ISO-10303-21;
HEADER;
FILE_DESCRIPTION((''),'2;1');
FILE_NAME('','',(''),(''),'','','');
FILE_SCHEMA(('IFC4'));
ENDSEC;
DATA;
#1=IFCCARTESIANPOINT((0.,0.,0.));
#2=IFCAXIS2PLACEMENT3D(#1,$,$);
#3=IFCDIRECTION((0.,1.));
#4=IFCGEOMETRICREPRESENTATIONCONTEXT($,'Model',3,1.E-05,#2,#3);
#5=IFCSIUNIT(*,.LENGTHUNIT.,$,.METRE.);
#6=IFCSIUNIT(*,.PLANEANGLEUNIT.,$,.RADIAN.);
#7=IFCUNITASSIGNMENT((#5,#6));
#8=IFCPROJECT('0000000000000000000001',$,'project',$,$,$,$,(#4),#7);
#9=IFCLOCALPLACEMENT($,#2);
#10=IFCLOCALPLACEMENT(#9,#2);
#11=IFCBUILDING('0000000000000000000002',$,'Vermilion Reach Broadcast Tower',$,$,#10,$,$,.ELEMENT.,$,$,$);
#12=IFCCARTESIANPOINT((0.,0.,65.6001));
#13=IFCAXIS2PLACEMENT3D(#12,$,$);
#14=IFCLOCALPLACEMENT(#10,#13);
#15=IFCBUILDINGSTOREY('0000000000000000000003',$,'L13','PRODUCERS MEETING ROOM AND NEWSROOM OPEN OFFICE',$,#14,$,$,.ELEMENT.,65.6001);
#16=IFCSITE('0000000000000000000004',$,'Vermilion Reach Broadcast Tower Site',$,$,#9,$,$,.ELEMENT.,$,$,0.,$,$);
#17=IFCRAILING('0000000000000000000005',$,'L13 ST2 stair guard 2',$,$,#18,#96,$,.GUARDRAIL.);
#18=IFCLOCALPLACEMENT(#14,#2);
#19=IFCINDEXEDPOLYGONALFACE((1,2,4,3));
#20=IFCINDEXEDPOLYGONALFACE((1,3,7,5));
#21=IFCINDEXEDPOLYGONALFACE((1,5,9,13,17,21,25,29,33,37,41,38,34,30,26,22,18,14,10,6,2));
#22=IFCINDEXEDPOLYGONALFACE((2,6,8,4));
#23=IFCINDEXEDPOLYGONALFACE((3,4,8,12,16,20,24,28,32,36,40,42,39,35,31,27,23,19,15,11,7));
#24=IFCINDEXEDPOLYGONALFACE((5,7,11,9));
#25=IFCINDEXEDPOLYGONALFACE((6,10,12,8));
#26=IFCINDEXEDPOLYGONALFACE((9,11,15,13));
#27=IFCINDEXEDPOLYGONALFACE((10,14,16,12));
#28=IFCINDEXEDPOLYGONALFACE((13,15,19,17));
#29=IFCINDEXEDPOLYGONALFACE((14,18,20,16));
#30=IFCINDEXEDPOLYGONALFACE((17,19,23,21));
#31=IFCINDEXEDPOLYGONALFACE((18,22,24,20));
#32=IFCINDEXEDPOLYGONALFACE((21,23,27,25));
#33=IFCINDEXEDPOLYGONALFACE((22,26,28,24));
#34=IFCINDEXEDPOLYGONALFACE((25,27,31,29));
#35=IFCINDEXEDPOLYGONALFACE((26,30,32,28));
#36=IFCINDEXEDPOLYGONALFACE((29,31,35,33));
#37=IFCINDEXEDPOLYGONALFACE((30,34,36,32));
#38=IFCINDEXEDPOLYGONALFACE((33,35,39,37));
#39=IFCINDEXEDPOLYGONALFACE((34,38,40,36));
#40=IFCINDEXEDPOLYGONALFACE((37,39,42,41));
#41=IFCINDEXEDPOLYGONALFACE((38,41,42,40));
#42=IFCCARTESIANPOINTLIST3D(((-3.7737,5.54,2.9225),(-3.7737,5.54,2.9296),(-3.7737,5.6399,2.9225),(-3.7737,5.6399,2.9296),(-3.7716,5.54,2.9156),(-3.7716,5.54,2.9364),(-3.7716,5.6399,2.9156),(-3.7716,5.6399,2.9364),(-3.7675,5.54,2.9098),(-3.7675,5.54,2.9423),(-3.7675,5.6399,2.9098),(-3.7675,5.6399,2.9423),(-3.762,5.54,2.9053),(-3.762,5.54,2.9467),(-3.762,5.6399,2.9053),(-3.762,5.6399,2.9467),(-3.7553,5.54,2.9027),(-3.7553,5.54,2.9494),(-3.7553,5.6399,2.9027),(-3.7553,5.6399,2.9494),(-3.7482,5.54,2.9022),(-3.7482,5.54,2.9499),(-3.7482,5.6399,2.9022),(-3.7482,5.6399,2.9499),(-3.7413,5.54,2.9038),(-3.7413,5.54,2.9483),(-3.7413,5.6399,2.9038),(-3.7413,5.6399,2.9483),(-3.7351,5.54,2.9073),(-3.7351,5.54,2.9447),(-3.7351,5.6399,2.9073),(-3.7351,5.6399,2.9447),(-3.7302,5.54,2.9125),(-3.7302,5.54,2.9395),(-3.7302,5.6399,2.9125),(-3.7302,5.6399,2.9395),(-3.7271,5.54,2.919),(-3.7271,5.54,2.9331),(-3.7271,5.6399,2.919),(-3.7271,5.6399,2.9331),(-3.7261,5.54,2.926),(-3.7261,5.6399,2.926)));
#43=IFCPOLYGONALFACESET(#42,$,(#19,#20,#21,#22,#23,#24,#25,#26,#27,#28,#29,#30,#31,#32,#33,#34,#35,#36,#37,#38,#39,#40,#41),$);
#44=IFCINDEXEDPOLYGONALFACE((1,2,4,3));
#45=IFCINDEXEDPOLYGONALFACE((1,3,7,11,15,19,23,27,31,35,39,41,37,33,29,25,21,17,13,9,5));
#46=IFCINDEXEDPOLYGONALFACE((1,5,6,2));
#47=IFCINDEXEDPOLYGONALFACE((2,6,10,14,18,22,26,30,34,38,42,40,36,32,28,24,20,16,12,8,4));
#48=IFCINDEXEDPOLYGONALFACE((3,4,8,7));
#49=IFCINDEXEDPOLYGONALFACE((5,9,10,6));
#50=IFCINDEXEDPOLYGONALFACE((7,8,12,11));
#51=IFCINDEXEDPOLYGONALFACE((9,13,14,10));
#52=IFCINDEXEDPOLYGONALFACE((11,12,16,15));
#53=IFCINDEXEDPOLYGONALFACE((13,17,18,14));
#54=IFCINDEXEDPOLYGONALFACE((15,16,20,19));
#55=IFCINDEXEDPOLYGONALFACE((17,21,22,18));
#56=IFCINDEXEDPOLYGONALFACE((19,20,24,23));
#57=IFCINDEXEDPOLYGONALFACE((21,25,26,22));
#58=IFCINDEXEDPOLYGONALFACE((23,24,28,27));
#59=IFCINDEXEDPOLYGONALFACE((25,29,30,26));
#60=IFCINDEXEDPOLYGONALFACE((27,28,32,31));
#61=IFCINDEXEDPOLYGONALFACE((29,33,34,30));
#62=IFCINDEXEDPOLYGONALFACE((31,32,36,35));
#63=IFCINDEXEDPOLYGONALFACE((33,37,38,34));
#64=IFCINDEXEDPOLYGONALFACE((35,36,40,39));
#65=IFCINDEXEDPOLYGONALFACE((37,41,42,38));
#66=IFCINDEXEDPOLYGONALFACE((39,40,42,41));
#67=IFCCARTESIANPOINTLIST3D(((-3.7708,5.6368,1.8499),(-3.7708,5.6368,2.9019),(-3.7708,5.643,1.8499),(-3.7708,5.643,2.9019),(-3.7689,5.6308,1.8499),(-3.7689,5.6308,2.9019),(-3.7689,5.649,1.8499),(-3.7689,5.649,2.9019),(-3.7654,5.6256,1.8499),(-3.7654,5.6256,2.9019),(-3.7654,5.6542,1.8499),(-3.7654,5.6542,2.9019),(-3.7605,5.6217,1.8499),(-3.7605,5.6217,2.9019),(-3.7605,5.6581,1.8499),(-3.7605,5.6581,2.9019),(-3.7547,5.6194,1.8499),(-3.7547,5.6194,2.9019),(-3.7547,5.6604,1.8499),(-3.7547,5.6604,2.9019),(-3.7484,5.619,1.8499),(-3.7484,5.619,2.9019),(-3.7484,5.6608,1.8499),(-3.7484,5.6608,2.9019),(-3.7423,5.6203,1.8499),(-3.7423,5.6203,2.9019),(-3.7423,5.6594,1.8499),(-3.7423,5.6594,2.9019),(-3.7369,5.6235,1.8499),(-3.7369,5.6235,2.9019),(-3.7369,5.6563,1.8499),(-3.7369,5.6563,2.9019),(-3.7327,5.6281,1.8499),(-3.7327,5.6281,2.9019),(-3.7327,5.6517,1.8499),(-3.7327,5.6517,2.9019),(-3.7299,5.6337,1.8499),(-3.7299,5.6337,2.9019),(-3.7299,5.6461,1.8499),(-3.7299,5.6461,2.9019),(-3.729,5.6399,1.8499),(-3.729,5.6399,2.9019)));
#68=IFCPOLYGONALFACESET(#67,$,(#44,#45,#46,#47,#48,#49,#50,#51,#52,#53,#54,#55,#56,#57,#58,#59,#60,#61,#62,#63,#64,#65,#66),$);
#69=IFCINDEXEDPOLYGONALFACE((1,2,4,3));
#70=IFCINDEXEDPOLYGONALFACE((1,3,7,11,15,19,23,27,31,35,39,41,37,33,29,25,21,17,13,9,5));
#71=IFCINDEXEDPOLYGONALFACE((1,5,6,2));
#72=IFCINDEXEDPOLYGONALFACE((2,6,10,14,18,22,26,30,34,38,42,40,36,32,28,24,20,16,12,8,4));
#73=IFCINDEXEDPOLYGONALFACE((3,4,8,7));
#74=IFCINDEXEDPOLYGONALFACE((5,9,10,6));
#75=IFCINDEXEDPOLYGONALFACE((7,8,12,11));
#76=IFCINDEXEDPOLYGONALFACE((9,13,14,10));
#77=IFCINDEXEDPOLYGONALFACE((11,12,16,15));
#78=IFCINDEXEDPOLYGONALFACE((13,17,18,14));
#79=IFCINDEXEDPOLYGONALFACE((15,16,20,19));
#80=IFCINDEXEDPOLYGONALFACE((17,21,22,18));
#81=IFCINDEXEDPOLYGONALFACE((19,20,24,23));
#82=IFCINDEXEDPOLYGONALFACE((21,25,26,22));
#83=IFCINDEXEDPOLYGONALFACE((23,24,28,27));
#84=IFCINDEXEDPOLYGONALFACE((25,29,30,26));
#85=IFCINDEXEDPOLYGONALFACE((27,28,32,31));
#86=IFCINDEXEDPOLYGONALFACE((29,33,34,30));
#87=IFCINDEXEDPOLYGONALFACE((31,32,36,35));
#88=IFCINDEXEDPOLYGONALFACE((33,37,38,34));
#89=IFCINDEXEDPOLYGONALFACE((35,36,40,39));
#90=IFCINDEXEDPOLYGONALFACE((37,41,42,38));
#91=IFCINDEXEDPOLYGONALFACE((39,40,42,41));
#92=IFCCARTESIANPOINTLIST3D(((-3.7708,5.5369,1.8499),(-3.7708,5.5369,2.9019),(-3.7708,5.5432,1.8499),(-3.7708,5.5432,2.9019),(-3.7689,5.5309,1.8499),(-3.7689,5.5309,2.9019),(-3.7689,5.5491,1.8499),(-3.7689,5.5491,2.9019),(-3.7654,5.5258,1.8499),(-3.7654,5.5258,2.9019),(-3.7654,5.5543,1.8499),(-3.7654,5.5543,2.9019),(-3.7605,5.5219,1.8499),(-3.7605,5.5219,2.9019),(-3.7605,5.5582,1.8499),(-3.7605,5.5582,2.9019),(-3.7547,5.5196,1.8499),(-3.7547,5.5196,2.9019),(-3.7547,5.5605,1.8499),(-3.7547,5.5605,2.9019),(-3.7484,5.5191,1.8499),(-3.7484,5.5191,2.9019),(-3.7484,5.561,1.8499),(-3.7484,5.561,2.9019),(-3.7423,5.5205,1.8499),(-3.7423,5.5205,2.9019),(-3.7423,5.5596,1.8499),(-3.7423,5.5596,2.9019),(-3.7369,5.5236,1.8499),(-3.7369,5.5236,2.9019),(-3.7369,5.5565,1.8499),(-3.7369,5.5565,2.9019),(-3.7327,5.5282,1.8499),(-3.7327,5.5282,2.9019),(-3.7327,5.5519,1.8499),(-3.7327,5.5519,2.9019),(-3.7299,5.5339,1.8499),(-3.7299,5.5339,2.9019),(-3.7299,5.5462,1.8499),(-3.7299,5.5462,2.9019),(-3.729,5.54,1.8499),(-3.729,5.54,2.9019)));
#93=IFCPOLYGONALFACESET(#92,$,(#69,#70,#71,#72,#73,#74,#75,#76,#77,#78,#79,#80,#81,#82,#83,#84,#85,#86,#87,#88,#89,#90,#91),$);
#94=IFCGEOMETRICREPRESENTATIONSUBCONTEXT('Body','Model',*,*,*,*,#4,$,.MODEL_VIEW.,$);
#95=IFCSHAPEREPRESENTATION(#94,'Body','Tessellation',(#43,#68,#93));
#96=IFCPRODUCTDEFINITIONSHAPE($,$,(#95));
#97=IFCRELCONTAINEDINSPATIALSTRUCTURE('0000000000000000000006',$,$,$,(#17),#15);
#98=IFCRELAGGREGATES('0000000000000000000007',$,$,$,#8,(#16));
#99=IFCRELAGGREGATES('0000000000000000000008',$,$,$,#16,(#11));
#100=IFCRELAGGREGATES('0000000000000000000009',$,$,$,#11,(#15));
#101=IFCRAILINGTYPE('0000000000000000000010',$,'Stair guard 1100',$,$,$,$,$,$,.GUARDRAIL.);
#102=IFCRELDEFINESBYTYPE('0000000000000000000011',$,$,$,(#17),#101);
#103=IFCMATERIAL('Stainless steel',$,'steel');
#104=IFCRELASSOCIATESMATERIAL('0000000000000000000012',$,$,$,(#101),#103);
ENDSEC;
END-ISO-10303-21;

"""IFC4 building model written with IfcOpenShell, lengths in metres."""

from ifc_helpers import new_model, si_unit, direction, frame, origin, origin_2d, place, context, subcontext, project, spatial, circle, extrude, material, type_object, element, save


model = new_model("IFC4")

# Units and contexts
model_context = context("Model", 3, precision=1e-05, world=origin(), true_north=direction((0.0, 1.0)))
body_context = subcontext(model_context, "Body", "Model", "MODEL_VIEW")
ifc_project = project(units=[si_unit("LENGTHUNIT", "METRE"), si_unit("PLANEANGLEUNIT", "RADIAN")], contexts=[model_context])

# Site, building, storey
site_placement = place(None, origin())
site = spatial("IfcSite", under=ifc_project, at=site_placement, Name="Vermilion Reach Broadcast Tower Site", CompositionType="ELEMENT", RefElevation=0.0)
building_placement = place(site_placement, origin())
building = spatial("IfcBuilding", under=site, at=building_placement, Name="Vermilion Reach Broadcast Tower", CompositionType="ELEMENT")
storey_placement = place(building_placement, frame((0.0, 0.0, 65.6001)))
storey = spatial("IfcBuildingStorey", under=building, at=storey_placement, Name="L13", Description="PRODUCERS MEETING ROOM AND NEWSROOM OPEN OFFICE", CompositionType="ELEMENT", Elevation=65.6001)

# Railing
ifc_material_1 = material(Name="Stainless steel", Category="steel")
railing_type_1 = type_object("IfcRailingType", Name="Stair guard 1100", PredefinedType="GUARDRAIL", material=ifc_material_1)
railing_1_placement = place(storey_placement, frame((-3.75, 5.6399, 1.8499)))
element("IfcRailing", 1, at=railing_1_placement, inside=storey, type_object=railing_type_1, Name="L13 ST2 stair guard 2", PredefinedType="GUARDRAIL", context=body_context, shape_type="SweptSolid", body=[
    extrude(circle(Radius=0.0239, at=origin_2d()), frame((0.0, 0.0, 1.0762), z_axis=(0.0, -1.0, 0.0), x_axis=(1.0, 0.0, 0.0)), (0.0, 0.0, 1.0), 0.0999),
    extrude(circle(Radius=0.021, at=origin_2d()), origin(), (0.0, 0.0, 1.0), 1.052),
    extrude(circle(Radius=0.021, at=origin_2d()), frame((0.0, -0.0999, 0.0)), (0.0, 0.0, 1.0), 1.052),
])

save(model, "model.ifc")
